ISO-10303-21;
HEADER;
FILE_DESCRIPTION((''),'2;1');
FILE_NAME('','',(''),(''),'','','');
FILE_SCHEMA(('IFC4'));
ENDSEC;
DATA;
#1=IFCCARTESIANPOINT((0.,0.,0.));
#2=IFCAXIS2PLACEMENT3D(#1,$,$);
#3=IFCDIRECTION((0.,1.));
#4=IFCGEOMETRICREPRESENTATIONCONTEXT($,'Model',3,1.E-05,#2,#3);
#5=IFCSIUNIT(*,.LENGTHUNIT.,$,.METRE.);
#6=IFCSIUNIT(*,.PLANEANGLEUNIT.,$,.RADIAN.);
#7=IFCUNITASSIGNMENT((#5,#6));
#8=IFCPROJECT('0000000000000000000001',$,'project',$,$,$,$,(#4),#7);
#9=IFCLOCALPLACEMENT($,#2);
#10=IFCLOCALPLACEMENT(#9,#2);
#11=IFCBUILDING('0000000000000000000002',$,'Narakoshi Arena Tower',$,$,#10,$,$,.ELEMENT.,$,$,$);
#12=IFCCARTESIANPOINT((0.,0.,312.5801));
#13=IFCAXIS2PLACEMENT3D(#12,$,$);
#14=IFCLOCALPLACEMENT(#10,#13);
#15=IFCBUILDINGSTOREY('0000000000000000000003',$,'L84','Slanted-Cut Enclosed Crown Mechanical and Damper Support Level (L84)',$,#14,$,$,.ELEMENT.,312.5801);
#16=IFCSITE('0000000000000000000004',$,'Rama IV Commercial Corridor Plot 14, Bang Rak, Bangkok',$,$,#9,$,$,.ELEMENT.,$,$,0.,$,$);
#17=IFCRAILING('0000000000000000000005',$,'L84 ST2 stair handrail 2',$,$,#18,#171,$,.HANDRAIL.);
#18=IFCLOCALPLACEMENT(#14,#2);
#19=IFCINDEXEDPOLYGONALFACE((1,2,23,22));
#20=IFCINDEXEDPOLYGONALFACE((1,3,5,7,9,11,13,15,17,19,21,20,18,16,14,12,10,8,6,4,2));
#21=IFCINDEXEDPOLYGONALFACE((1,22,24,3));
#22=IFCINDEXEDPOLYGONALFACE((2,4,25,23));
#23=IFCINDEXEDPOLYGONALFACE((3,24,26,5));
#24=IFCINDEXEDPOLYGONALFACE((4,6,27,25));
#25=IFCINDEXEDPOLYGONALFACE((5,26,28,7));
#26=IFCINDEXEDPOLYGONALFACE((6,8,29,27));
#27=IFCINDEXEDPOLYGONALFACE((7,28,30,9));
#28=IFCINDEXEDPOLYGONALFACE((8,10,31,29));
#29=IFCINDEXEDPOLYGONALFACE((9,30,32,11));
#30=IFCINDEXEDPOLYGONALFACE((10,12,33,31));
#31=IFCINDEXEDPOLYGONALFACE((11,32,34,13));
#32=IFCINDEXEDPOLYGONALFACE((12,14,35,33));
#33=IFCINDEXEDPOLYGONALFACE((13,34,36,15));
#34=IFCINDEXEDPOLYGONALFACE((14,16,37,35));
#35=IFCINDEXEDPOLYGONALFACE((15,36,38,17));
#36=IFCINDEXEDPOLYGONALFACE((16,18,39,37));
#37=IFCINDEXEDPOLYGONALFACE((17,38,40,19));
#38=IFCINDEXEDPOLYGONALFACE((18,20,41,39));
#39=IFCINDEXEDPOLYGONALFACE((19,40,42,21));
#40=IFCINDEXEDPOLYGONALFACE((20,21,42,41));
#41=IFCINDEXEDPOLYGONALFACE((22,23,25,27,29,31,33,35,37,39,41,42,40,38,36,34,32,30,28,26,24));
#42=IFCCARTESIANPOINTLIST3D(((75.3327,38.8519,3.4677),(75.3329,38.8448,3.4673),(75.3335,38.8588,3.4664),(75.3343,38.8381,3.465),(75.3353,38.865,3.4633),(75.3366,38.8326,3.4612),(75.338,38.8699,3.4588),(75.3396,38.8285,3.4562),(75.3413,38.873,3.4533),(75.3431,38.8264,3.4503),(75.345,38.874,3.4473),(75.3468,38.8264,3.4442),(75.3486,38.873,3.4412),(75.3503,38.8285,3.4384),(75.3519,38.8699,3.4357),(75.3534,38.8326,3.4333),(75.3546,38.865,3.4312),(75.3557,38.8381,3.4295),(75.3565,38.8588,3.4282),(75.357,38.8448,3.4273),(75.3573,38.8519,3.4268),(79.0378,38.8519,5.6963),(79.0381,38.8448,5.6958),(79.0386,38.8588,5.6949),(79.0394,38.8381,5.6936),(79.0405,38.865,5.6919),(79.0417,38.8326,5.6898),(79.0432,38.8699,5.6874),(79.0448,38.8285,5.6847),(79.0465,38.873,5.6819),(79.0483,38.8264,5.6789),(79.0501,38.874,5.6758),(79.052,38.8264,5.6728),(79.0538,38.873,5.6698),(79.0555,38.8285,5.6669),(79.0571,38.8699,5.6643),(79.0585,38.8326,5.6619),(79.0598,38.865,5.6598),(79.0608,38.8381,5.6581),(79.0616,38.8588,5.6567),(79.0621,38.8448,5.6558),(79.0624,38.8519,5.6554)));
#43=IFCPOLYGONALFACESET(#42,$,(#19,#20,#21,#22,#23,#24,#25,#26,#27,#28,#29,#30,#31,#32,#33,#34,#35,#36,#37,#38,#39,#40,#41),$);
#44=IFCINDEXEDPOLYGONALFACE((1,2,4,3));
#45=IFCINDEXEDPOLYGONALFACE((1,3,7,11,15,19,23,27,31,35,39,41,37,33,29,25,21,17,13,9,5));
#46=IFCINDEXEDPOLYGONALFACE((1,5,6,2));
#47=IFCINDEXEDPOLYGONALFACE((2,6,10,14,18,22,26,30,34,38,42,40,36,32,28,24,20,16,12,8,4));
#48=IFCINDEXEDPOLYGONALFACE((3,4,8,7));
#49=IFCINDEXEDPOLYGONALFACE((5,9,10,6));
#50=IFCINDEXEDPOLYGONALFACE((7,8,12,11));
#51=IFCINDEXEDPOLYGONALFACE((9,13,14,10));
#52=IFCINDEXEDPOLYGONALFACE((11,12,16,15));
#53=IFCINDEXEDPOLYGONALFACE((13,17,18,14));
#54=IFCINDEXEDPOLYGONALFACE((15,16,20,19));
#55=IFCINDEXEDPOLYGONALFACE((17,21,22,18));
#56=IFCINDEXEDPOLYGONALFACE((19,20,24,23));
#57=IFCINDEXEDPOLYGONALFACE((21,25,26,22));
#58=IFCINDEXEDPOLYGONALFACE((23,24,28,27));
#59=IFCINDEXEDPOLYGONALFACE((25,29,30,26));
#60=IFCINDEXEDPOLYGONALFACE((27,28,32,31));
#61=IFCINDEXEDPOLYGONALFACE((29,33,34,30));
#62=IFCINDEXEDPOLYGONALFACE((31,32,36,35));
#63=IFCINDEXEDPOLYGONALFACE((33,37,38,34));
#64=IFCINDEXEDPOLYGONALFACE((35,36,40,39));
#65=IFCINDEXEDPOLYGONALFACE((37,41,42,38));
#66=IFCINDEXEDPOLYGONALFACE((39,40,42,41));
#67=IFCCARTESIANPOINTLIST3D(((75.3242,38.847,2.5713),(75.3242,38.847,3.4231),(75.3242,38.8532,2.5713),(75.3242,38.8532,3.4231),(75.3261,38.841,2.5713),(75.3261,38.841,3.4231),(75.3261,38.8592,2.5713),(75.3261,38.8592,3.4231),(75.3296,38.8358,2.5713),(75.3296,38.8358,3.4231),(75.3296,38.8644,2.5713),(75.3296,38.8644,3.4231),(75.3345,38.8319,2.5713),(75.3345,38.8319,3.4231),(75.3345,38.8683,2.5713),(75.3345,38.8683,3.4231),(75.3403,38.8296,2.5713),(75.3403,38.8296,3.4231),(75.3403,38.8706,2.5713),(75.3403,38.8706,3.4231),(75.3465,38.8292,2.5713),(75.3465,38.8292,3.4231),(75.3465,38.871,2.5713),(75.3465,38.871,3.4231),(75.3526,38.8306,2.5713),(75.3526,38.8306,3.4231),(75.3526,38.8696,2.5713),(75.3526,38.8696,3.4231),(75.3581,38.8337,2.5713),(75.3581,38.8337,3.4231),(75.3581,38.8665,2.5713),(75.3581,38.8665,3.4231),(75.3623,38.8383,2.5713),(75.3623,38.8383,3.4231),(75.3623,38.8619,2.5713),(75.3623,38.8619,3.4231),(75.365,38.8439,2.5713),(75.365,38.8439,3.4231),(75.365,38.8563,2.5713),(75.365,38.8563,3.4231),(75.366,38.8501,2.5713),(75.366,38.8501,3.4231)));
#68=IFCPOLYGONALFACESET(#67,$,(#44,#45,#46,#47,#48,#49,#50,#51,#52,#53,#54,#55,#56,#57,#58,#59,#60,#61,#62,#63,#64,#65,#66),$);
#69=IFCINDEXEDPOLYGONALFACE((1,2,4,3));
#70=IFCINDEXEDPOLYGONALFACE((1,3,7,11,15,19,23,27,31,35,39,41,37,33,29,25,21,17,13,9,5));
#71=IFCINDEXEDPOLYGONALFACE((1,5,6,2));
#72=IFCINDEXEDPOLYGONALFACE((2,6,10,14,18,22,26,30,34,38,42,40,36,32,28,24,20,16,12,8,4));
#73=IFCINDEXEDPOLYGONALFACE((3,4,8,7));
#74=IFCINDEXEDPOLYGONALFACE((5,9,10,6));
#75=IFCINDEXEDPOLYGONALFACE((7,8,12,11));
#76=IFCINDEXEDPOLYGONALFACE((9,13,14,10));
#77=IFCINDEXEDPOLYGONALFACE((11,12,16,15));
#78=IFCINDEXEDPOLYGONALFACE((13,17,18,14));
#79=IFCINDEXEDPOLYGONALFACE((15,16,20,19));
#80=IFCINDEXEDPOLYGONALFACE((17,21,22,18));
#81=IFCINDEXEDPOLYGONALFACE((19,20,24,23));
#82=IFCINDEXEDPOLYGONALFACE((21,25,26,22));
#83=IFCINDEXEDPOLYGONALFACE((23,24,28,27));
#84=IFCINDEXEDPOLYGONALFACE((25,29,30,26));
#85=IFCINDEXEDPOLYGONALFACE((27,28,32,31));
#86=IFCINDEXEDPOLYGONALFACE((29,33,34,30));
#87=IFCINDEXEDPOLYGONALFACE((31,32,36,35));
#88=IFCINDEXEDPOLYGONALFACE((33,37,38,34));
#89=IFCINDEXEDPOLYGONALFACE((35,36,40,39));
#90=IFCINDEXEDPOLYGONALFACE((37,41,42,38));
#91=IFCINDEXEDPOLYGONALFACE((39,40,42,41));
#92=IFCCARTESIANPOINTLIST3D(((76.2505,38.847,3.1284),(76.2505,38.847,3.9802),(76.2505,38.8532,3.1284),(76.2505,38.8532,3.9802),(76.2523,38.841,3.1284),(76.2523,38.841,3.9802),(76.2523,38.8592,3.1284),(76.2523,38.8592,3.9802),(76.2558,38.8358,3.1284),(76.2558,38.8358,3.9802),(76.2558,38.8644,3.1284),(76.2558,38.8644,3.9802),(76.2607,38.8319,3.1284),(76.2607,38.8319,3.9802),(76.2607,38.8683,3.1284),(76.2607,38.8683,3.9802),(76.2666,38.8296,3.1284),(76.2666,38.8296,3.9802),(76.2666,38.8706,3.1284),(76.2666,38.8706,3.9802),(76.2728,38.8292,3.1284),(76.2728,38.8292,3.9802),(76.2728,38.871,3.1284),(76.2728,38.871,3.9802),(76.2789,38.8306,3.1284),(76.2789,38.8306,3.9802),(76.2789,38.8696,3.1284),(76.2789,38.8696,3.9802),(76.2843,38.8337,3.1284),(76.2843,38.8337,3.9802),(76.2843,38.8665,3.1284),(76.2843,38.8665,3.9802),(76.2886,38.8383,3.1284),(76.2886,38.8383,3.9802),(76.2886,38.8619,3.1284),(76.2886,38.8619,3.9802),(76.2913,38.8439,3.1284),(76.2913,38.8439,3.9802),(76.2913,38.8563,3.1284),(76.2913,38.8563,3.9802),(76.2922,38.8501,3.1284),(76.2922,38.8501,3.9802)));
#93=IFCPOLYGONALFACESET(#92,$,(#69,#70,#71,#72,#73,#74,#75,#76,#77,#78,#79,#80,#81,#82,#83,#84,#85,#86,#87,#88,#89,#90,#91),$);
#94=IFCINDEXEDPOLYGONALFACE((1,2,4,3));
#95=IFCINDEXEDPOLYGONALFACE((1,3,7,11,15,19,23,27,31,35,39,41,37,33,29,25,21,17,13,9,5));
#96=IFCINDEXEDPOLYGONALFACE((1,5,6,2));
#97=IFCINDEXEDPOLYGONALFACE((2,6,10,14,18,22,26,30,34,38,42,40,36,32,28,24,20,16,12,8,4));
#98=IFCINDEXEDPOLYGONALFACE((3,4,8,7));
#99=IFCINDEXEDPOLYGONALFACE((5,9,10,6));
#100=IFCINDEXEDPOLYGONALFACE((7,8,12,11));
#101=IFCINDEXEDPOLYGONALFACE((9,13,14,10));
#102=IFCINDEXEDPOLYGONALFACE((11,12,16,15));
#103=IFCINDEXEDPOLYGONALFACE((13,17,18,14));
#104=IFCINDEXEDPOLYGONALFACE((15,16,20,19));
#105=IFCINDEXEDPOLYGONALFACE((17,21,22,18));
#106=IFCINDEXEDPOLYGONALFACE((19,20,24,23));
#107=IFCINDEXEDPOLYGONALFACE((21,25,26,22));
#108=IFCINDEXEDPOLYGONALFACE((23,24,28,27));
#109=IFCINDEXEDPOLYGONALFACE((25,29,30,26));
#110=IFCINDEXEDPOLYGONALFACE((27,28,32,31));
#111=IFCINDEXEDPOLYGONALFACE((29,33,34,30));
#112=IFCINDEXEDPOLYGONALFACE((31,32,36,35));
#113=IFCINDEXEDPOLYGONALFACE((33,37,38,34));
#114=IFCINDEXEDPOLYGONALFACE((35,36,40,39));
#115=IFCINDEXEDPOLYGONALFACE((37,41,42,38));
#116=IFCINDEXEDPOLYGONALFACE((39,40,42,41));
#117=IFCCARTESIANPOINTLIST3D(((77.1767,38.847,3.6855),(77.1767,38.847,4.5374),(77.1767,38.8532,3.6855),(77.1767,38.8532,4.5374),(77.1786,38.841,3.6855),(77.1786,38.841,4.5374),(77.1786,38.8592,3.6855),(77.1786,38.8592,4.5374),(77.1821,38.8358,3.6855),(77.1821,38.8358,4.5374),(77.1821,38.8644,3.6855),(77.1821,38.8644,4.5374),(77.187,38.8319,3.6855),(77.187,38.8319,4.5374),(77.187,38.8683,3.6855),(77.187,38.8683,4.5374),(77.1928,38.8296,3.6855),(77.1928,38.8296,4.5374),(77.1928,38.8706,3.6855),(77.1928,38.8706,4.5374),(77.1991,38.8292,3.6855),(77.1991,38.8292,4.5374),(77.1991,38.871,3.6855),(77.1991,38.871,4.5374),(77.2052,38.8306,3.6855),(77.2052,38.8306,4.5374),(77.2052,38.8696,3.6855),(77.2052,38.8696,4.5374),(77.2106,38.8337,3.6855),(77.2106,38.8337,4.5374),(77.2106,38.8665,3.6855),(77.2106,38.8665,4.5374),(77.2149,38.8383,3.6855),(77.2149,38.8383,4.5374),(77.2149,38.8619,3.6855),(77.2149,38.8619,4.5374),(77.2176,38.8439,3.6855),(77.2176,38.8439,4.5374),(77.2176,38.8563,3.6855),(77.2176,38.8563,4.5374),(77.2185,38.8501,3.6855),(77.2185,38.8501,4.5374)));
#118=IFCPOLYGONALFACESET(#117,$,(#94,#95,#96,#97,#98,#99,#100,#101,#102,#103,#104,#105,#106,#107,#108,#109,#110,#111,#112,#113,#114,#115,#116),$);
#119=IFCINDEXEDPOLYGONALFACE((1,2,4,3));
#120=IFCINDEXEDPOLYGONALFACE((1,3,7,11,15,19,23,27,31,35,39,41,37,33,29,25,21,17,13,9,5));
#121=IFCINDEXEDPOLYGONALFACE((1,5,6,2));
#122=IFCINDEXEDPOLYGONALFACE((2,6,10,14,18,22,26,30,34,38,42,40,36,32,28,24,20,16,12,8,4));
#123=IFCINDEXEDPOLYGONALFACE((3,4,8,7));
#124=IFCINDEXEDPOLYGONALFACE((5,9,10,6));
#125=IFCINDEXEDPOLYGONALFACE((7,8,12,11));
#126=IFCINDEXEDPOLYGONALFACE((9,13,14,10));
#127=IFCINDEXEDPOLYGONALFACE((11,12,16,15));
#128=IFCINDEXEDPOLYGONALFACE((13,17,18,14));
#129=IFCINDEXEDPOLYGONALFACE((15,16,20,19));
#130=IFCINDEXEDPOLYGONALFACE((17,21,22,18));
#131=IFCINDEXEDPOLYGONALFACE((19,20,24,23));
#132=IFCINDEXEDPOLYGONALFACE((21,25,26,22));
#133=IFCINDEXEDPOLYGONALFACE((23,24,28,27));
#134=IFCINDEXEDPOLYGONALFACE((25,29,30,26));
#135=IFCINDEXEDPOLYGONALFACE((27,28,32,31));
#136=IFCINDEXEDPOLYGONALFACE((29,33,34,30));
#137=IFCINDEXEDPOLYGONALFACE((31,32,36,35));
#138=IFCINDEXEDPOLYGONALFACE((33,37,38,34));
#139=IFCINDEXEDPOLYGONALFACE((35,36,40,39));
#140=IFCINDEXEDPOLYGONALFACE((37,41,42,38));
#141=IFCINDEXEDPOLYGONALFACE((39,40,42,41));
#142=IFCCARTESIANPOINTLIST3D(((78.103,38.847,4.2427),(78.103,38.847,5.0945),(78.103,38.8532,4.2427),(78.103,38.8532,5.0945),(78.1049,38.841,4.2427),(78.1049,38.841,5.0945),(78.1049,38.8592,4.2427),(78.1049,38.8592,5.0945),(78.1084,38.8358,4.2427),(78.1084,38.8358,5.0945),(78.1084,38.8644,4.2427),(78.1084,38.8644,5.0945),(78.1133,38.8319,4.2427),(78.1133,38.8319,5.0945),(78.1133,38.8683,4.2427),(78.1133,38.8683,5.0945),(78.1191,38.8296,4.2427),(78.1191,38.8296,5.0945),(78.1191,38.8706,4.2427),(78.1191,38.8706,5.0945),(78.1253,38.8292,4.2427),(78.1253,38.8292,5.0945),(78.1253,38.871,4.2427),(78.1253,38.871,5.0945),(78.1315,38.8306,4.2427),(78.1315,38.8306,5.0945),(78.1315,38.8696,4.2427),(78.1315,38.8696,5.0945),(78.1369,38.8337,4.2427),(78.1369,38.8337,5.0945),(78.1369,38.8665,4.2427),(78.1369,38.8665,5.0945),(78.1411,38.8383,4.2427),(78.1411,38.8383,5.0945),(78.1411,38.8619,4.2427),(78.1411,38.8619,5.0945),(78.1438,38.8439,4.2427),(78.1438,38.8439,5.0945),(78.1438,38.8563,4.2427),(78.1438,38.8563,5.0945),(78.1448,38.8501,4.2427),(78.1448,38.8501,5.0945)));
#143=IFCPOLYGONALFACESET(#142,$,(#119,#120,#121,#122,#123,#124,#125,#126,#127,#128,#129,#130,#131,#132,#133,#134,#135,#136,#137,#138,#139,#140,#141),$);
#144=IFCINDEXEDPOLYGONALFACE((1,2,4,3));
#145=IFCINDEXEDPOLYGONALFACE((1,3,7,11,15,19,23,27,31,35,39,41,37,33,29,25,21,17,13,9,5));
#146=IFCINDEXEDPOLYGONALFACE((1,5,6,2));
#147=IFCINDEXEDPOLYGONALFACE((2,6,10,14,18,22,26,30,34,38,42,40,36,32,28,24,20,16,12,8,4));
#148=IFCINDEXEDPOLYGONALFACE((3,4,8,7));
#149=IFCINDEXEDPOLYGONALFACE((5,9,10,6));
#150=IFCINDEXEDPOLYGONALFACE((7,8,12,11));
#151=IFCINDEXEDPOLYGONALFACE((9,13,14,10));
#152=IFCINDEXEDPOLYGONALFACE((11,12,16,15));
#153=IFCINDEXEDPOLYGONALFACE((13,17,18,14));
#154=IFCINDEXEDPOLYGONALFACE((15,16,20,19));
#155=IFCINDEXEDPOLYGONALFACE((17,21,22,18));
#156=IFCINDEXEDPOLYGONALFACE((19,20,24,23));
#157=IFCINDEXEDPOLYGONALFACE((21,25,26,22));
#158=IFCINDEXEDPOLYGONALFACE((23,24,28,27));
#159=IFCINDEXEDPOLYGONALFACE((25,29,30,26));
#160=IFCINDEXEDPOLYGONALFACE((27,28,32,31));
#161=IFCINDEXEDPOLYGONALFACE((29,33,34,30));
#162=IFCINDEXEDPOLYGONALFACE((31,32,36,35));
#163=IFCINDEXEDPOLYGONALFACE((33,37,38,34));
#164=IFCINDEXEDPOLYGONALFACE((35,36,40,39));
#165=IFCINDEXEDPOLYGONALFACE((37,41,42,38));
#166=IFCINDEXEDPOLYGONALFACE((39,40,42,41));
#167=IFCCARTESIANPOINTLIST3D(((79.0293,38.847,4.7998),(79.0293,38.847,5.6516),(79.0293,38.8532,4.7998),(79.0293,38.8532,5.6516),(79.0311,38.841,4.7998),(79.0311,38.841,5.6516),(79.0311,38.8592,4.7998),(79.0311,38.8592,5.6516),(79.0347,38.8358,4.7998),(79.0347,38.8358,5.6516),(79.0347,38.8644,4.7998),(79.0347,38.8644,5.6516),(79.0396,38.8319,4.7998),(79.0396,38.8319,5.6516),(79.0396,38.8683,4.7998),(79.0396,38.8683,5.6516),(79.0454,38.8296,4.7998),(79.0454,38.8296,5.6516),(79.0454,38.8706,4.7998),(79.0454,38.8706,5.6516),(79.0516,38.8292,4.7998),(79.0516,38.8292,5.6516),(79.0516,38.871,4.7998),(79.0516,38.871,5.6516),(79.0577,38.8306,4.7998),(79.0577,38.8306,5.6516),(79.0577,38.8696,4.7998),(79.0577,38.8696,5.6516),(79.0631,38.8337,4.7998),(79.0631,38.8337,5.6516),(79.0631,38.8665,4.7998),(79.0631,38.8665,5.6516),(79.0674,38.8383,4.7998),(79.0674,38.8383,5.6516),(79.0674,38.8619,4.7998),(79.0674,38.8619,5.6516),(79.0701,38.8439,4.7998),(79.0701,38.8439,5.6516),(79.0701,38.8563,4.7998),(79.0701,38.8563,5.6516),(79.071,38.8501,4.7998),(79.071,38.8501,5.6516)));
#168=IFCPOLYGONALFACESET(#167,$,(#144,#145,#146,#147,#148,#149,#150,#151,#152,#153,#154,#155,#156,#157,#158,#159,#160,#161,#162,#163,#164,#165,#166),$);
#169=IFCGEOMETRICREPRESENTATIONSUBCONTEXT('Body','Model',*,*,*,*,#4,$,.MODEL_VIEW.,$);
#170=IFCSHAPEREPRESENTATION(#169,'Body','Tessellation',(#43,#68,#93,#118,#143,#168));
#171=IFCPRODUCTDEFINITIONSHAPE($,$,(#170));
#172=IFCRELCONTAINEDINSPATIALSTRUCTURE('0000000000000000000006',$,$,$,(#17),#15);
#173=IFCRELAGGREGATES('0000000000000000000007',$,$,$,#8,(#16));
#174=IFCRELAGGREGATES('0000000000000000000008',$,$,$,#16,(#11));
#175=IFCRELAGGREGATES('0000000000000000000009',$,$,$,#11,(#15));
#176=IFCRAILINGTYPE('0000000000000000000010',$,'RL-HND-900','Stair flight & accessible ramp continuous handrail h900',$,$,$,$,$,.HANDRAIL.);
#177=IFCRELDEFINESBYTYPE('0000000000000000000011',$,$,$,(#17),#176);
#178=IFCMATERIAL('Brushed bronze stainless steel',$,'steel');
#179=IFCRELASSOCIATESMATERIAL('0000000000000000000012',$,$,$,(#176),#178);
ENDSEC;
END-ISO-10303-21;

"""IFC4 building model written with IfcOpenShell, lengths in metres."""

from ifc_helpers import new_model, si_unit, direction, frame, origin, origin_2d, place, context, subcontext, project, spatial, circle, extrude, material, type_object, element, save


model = new_model("IFC4")

# Units and contexts
model_context = context("Model", 3, precision=1e-05, world=origin(), true_north=direction((0.0, 1.0)))
body_context = subcontext(model_context, "Body", "Model", "MODEL_VIEW")
ifc_project = project(units=[si_unit("LENGTHUNIT", "METRE"), si_unit("PLANEANGLEUNIT", "RADIAN")], contexts=[model_context])

# Site, building, storey
site_placement = place(None, origin())
site = spatial("IfcSite", under=ifc_project, at=site_placement, Name="Rama IV Commercial Corridor Plot 14, Bang Rak, Bangkok", CompositionType="ELEMENT", RefElevation=0.0)
building_placement = place(site_placement, origin())
building = spatial("IfcBuilding", under=site, at=building_placement, Name="Narakoshi Arena Tower", CompositionType="ELEMENT")
storey_placement = place(building_placement, frame((0.0, 0.0, 312.5801)))
storey = spatial("IfcBuildingStorey", under=building, at=storey_placement, Name="L84", Description="Slanted-Cut Enclosed Crown Mechanical and Damper Support Level (L84)", CompositionType="ELEMENT", Elevation=312.5801)

# Shared definitions
ifc_material_1 = material(Name="Brushed bronze stainless steel", Category="steel")

# Railing
railing_type_1 = type_object("IfcRailingType", Name="RL-HND-900", Description="Stair flight & accessible ramp continuous handrail h900", PredefinedType="HANDRAIL", material=ifc_material_1)
railing_1_placement = place(storey_placement, frame((75.345, 38.8501, 2.5713)))
element("IfcRailing", 1, at=railing_1_placement, inside=storey, type_object=railing_type_1, Name="L84 ST2 stair handrail 2", PredefinedType="HANDRAIL", context=body_context, shape_type="SweptSolid", body=[
    extrude(circle(Radius=0.0239, at=origin_2d()), frame((0.0, 0.0, 0.876), z_axis=(0.856934, 0.0, 0.515425), x_axis=(0.0, 1.0, 0.0)), (0.0, 0.0, 1.0), 4.3237),
    extrude(circle(Radius=0.021, at=origin_2d()), origin(), (0.0, 0.0, 1.0), 0.8518),
    extrude(circle(Radius=0.021, at=origin_2d()), frame((0.9263, 0.0, 0.5571)), (0.0, 0.0, 1.0), 0.8518),
    extrude(circle(Radius=0.021, at=origin_2d()), frame((1.8525, 0.0, 1.1143)), (0.0, 0.0, 1.0), 0.8518),
    extrude(circle(Radius=0.021, at=origin_2d()), frame((2.7788, 0.0, 1.6714)), (0.0, 0.0, 1.0), 0.8518),
    extrude(circle(Radius=0.021, at=origin_2d()), frame((3.7051, 0.0, 2.2285)), (0.0, 0.0, 1.0), 0.8518),
])

save(model, "model.ifc")
